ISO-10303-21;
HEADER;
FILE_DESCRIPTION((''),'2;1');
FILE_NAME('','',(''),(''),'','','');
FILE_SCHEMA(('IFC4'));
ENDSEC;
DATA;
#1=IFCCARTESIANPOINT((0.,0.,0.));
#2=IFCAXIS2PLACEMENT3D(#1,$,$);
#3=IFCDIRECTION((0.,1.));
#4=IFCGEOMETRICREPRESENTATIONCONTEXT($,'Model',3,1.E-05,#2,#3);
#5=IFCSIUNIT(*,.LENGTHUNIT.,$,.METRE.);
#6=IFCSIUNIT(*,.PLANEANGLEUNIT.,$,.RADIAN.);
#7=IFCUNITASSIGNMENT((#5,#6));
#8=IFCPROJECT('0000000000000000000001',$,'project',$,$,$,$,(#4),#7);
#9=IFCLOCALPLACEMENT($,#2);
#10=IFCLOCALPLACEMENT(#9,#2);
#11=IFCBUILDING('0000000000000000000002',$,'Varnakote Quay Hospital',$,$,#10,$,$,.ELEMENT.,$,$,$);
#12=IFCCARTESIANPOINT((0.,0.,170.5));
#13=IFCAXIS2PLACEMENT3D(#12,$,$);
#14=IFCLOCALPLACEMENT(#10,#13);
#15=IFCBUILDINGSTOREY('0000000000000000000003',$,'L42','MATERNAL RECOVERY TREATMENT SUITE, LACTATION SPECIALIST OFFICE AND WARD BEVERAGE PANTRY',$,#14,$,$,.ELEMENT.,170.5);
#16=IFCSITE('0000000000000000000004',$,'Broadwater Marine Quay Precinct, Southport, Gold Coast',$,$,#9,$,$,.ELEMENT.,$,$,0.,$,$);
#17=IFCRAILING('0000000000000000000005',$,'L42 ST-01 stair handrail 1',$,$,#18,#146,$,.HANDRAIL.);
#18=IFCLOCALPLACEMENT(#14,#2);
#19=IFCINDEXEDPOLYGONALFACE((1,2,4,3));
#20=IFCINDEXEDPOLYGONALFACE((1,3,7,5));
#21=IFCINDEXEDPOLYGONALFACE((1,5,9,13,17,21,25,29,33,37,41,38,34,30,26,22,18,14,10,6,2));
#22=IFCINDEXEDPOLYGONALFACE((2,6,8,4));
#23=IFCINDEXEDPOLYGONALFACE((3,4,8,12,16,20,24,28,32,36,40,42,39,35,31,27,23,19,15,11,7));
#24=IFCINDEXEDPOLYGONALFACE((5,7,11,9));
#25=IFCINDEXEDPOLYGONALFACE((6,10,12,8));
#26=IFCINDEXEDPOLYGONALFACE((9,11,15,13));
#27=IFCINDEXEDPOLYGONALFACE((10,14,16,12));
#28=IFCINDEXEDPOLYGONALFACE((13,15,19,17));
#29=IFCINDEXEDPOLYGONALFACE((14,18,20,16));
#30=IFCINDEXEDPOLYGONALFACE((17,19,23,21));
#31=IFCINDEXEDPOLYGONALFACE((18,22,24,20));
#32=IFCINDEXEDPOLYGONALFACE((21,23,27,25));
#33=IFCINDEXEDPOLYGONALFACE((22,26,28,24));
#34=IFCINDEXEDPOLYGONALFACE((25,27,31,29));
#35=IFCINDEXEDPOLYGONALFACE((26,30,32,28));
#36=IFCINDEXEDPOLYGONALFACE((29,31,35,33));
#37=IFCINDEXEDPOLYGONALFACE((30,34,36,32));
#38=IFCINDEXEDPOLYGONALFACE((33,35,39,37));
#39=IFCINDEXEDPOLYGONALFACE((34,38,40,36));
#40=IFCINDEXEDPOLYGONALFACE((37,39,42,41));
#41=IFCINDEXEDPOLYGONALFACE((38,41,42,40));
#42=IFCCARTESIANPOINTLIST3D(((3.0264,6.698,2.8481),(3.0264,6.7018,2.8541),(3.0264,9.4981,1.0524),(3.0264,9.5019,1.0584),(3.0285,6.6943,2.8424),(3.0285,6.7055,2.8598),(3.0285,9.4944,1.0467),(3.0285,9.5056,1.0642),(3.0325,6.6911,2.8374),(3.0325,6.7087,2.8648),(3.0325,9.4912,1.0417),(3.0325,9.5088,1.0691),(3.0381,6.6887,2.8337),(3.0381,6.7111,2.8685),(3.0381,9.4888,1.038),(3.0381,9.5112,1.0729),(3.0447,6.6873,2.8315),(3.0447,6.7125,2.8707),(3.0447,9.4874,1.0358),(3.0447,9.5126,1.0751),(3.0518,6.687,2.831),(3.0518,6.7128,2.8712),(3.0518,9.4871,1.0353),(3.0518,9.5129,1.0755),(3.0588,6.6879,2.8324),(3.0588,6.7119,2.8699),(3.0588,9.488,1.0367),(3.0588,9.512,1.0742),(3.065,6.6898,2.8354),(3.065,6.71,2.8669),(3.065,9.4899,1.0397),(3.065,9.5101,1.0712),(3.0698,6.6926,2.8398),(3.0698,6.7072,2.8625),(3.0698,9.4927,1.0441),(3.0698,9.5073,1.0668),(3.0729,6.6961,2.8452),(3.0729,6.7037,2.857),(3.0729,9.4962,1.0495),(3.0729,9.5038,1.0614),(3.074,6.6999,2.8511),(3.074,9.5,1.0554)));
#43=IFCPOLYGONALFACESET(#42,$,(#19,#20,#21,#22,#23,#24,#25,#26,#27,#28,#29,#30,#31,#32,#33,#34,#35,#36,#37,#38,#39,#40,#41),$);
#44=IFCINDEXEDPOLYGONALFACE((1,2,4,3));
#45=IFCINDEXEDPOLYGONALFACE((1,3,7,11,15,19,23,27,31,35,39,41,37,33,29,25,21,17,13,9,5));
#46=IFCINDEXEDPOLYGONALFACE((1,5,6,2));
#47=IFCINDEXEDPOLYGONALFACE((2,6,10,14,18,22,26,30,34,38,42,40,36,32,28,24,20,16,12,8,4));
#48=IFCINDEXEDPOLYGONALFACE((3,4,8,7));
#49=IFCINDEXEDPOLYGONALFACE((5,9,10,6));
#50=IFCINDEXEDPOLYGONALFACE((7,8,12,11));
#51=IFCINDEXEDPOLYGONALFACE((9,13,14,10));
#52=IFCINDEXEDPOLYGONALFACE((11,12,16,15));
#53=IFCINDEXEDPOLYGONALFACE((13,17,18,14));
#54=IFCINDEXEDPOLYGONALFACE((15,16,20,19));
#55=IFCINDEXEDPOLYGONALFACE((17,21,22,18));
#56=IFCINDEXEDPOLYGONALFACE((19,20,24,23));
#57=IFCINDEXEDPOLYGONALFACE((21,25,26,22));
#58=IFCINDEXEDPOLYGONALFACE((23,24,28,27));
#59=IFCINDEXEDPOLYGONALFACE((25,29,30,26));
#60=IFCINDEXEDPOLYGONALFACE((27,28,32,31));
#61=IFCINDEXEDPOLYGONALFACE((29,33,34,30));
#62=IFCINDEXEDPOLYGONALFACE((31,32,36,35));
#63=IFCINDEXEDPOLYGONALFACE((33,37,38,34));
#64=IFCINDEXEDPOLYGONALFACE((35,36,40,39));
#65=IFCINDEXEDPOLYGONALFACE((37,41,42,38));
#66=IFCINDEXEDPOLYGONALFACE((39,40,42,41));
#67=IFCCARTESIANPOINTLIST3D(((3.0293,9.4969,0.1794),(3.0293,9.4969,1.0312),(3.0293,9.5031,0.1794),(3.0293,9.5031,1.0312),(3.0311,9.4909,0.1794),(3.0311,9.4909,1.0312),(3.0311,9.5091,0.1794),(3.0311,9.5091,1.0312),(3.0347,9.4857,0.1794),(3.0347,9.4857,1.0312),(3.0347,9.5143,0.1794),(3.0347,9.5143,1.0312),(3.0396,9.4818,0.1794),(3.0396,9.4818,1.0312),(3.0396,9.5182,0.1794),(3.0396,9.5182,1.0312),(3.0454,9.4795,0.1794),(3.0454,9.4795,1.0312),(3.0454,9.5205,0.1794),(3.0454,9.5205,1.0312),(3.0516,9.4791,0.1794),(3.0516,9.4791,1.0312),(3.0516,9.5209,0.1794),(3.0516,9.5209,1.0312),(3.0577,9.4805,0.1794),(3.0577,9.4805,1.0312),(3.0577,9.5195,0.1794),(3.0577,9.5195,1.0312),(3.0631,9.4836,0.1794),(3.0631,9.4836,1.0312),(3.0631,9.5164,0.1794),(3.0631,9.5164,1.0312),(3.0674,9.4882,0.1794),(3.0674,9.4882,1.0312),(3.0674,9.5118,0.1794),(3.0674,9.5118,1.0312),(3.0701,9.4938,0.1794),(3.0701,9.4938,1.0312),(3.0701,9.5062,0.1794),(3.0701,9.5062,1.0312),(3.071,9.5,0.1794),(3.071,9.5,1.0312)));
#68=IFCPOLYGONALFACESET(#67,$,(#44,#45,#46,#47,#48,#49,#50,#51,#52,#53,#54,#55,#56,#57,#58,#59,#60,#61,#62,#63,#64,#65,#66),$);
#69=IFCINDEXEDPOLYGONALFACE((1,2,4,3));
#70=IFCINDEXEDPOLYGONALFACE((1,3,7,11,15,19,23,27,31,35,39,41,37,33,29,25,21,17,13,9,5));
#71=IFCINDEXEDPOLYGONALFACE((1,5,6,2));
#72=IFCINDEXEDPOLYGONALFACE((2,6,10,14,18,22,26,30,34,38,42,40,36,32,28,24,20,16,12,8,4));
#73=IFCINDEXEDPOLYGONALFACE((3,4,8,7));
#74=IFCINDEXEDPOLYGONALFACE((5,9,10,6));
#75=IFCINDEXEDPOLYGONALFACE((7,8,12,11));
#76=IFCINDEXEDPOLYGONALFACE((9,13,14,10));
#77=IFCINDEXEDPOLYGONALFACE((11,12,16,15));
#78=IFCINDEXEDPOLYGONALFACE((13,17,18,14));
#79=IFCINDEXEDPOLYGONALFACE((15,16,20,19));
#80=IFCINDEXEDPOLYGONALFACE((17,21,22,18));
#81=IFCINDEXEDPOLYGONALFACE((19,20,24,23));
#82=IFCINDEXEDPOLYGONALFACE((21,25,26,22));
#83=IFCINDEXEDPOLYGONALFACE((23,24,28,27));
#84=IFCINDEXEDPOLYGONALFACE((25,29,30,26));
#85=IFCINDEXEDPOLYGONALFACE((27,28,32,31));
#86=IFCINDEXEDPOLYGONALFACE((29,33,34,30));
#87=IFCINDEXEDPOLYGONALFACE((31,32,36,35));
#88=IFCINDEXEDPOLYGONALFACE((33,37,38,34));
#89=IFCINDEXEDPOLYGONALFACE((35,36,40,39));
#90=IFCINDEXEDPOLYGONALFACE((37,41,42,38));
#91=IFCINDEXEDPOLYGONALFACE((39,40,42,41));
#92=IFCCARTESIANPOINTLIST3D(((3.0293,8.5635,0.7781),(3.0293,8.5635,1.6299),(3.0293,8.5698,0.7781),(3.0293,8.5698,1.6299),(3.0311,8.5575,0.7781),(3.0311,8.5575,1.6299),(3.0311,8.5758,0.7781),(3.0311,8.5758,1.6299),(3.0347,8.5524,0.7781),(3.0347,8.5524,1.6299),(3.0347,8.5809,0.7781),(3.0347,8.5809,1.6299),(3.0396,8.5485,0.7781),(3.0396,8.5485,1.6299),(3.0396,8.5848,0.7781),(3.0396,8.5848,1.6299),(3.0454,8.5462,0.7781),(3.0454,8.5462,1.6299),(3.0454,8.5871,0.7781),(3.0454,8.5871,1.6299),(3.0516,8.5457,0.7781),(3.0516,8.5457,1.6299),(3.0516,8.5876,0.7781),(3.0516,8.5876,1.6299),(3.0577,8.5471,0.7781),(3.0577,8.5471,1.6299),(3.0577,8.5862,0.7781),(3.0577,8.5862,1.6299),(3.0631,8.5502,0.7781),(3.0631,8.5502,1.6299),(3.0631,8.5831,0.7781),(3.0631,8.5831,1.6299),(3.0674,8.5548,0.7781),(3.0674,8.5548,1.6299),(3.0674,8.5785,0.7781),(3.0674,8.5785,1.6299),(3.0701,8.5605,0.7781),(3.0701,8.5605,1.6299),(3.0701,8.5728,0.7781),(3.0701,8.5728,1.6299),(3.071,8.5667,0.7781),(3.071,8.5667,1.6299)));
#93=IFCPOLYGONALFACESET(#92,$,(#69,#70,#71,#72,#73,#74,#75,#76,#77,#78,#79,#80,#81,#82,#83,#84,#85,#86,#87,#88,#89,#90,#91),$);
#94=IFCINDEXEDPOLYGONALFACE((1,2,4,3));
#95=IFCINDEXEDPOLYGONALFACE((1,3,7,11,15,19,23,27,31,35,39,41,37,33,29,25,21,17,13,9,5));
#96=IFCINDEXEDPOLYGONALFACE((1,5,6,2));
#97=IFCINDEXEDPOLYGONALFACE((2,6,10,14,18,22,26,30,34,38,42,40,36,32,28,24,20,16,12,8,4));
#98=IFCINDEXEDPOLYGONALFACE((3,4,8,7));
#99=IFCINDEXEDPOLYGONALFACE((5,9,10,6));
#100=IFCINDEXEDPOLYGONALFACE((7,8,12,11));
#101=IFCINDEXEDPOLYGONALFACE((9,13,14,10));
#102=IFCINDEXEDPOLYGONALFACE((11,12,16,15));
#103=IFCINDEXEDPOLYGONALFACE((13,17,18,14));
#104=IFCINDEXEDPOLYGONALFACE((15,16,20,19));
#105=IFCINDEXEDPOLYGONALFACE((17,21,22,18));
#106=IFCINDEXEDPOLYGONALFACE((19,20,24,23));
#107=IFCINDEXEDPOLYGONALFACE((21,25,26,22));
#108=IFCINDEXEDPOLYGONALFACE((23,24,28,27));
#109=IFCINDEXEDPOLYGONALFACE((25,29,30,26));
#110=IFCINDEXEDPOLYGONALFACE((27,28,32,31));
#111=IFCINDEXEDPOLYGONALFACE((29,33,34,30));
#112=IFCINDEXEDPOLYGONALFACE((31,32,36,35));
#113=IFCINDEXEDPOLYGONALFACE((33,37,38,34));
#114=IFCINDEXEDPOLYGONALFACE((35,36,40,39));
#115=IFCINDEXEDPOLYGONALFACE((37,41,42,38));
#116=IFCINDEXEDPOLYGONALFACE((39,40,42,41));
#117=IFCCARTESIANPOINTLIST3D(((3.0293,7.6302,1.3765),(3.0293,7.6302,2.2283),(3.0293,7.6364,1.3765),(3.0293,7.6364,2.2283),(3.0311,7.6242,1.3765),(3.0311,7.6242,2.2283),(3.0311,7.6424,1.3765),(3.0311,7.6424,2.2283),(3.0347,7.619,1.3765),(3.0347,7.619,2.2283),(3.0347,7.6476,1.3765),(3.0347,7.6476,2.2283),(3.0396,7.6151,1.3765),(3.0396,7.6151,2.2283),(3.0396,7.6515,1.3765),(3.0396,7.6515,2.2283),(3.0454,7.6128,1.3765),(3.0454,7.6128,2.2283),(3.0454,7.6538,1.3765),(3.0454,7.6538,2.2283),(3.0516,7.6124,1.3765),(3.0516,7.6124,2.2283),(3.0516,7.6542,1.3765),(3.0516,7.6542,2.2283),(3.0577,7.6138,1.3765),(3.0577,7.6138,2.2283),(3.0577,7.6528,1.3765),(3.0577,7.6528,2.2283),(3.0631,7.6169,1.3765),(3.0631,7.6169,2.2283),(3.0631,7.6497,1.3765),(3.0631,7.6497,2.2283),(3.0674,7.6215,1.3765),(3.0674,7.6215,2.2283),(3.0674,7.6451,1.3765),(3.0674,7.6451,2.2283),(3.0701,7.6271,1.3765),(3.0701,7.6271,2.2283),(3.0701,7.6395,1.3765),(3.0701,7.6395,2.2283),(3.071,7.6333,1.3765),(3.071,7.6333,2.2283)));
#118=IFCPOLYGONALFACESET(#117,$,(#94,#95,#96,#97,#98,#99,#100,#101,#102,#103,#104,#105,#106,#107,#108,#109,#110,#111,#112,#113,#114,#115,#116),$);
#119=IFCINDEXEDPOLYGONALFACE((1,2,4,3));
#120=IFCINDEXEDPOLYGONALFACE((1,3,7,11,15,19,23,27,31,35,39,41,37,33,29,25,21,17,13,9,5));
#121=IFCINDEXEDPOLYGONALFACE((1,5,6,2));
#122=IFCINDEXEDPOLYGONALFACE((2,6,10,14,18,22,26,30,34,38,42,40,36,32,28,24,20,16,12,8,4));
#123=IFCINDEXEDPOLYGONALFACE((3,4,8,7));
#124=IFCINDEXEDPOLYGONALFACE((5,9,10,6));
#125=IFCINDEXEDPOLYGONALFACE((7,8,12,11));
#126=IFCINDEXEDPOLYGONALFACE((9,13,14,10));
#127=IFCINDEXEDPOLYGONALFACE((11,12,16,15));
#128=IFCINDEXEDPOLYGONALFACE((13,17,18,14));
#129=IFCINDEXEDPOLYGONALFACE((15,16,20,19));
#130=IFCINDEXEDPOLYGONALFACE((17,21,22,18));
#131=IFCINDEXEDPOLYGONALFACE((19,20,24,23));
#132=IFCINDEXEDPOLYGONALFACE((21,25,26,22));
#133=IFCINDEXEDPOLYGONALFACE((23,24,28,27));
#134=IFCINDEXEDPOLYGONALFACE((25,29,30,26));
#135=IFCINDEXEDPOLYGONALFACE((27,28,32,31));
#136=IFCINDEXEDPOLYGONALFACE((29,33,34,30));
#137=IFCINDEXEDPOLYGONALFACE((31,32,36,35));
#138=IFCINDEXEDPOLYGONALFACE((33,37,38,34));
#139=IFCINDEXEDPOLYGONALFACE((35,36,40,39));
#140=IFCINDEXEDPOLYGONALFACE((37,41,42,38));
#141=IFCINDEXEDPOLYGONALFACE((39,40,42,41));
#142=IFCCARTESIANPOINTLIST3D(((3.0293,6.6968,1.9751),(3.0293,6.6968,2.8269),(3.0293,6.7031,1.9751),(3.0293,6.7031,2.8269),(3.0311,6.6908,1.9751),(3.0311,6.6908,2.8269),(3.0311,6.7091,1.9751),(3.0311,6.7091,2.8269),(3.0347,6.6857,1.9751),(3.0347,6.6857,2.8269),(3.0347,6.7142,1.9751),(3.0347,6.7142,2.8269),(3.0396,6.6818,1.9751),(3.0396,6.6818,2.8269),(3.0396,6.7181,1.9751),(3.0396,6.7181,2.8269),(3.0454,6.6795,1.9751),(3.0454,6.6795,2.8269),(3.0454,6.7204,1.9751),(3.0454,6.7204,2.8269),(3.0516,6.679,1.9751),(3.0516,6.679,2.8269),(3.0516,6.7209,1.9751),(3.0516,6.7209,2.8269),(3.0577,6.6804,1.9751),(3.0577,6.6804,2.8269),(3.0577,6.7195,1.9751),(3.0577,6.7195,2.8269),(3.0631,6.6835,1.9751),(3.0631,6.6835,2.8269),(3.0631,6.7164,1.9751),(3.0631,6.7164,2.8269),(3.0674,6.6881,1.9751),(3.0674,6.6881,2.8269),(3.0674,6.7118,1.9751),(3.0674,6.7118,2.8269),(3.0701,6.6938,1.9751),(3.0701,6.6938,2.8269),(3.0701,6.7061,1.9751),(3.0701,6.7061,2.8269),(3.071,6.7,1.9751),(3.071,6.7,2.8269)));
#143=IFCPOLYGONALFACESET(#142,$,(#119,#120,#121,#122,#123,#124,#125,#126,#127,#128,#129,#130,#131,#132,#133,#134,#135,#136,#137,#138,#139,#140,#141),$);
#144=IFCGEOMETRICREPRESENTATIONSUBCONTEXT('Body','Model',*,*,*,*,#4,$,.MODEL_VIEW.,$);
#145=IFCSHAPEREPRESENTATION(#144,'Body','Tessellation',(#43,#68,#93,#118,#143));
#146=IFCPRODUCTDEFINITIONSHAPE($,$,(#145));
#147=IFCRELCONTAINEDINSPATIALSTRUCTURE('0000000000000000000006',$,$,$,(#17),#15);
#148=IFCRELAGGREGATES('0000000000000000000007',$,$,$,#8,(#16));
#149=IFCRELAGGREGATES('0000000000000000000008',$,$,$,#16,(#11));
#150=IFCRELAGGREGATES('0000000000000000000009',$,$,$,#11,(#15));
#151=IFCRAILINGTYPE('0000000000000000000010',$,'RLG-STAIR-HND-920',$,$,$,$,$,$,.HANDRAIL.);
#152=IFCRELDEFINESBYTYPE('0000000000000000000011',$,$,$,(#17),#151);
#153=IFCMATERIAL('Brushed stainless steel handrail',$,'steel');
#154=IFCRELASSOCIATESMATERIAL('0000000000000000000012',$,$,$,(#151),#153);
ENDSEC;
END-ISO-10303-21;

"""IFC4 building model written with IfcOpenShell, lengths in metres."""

from ifc_helpers import new_model, si_unit, direction, frame, origin, origin_2d, place, context, subcontext, project, spatial, circle, extrude, material, type_object, element, save


model = new_model("IFC4")

# Units and contexts
model_context = context("Model", 3, precision=1e-05, world=origin(), true_north=direction((0.0, 1.0)))
body_context = subcontext(model_context, "Body", "Model", "MODEL_VIEW")
ifc_project = project(units=[si_unit("LENGTHUNIT", "METRE"), si_unit("PLANEANGLEUNIT", "RADIAN")], contexts=[model_context])

# Site, building, storey
site_placement = place(None, origin())
site = spatial("IfcSite", under=ifc_project, at=site_placement, Name="Broadwater Marine Quay Precinct, Southport, Gold Coast", CompositionType="ELEMENT", RefElevation=0.0)
building_placement = place(site_placement, origin())
building = spatial("IfcBuilding", under=site, at=building_placement, Name="Varnakote Quay Hospital", CompositionType="ELEMENT")
storey_placement = place(building_placement, frame((0.0, 0.0, 170.5)))
storey = spatial("IfcBuildingStorey", under=building, at=storey_placement, Name="L42", Description="MATERNAL RECOVERY TREATMENT SUITE, LACTATION SPECIALIST OFFICE AND WARD BEVERAGE PANTRY", CompositionType="ELEMENT", Elevation=170.5)

# Railing
ifc_material_1 = material(Name="Brushed stainless steel handrail", Category="steel")
railing_type_1 = type_object("IfcRailingType", Name="RLG-STAIR-HND-920", PredefinedType="HANDRAIL", material=ifc_material_1)
railing_1_placement = place(storey_placement, frame((3.05, 9.5, 0.1794)))
element("IfcRailing", 1, at=railing_1_placement, inside=storey, type_object=railing_type_1, Name="L42 ST-01 stair handrail 1", PredefinedType="HANDRAIL", context=body_context, shape_type="SweptSolid", body=[
    extrude(circle(Radius=0.0239, at=origin_2d()), frame((0.0, 0.0, 0.876), z_axis=(0.0, -0.841777, 0.539826), x_axis=(1.0, 0.0, 0.0)), (0.0, 0.0, 1.0), 3.3264),
    extrude(circle(Radius=0.021, at=origin_2d()), origin(), (0.0, 0.0, 1.0), 0.8518),
    extrude(circle(Radius=0.021, at=origin_2d()), frame((0.0, -0.9333, 0.5986)), (0.0, 0.0, 1.0), 0.8518),
    extrude(circle(Radius=0.021, at=origin_2d()), frame((0.0, -1.8667, 1.197)), (0.0, 0.0, 1.0), 0.8518),
    extrude(circle(Radius=0.021, at=origin_2d()), frame((0.0, -2.8, 1.7957)), (0.0, 0.0, 1.0), 0.8518),
])

save(model, "model.ifc")
